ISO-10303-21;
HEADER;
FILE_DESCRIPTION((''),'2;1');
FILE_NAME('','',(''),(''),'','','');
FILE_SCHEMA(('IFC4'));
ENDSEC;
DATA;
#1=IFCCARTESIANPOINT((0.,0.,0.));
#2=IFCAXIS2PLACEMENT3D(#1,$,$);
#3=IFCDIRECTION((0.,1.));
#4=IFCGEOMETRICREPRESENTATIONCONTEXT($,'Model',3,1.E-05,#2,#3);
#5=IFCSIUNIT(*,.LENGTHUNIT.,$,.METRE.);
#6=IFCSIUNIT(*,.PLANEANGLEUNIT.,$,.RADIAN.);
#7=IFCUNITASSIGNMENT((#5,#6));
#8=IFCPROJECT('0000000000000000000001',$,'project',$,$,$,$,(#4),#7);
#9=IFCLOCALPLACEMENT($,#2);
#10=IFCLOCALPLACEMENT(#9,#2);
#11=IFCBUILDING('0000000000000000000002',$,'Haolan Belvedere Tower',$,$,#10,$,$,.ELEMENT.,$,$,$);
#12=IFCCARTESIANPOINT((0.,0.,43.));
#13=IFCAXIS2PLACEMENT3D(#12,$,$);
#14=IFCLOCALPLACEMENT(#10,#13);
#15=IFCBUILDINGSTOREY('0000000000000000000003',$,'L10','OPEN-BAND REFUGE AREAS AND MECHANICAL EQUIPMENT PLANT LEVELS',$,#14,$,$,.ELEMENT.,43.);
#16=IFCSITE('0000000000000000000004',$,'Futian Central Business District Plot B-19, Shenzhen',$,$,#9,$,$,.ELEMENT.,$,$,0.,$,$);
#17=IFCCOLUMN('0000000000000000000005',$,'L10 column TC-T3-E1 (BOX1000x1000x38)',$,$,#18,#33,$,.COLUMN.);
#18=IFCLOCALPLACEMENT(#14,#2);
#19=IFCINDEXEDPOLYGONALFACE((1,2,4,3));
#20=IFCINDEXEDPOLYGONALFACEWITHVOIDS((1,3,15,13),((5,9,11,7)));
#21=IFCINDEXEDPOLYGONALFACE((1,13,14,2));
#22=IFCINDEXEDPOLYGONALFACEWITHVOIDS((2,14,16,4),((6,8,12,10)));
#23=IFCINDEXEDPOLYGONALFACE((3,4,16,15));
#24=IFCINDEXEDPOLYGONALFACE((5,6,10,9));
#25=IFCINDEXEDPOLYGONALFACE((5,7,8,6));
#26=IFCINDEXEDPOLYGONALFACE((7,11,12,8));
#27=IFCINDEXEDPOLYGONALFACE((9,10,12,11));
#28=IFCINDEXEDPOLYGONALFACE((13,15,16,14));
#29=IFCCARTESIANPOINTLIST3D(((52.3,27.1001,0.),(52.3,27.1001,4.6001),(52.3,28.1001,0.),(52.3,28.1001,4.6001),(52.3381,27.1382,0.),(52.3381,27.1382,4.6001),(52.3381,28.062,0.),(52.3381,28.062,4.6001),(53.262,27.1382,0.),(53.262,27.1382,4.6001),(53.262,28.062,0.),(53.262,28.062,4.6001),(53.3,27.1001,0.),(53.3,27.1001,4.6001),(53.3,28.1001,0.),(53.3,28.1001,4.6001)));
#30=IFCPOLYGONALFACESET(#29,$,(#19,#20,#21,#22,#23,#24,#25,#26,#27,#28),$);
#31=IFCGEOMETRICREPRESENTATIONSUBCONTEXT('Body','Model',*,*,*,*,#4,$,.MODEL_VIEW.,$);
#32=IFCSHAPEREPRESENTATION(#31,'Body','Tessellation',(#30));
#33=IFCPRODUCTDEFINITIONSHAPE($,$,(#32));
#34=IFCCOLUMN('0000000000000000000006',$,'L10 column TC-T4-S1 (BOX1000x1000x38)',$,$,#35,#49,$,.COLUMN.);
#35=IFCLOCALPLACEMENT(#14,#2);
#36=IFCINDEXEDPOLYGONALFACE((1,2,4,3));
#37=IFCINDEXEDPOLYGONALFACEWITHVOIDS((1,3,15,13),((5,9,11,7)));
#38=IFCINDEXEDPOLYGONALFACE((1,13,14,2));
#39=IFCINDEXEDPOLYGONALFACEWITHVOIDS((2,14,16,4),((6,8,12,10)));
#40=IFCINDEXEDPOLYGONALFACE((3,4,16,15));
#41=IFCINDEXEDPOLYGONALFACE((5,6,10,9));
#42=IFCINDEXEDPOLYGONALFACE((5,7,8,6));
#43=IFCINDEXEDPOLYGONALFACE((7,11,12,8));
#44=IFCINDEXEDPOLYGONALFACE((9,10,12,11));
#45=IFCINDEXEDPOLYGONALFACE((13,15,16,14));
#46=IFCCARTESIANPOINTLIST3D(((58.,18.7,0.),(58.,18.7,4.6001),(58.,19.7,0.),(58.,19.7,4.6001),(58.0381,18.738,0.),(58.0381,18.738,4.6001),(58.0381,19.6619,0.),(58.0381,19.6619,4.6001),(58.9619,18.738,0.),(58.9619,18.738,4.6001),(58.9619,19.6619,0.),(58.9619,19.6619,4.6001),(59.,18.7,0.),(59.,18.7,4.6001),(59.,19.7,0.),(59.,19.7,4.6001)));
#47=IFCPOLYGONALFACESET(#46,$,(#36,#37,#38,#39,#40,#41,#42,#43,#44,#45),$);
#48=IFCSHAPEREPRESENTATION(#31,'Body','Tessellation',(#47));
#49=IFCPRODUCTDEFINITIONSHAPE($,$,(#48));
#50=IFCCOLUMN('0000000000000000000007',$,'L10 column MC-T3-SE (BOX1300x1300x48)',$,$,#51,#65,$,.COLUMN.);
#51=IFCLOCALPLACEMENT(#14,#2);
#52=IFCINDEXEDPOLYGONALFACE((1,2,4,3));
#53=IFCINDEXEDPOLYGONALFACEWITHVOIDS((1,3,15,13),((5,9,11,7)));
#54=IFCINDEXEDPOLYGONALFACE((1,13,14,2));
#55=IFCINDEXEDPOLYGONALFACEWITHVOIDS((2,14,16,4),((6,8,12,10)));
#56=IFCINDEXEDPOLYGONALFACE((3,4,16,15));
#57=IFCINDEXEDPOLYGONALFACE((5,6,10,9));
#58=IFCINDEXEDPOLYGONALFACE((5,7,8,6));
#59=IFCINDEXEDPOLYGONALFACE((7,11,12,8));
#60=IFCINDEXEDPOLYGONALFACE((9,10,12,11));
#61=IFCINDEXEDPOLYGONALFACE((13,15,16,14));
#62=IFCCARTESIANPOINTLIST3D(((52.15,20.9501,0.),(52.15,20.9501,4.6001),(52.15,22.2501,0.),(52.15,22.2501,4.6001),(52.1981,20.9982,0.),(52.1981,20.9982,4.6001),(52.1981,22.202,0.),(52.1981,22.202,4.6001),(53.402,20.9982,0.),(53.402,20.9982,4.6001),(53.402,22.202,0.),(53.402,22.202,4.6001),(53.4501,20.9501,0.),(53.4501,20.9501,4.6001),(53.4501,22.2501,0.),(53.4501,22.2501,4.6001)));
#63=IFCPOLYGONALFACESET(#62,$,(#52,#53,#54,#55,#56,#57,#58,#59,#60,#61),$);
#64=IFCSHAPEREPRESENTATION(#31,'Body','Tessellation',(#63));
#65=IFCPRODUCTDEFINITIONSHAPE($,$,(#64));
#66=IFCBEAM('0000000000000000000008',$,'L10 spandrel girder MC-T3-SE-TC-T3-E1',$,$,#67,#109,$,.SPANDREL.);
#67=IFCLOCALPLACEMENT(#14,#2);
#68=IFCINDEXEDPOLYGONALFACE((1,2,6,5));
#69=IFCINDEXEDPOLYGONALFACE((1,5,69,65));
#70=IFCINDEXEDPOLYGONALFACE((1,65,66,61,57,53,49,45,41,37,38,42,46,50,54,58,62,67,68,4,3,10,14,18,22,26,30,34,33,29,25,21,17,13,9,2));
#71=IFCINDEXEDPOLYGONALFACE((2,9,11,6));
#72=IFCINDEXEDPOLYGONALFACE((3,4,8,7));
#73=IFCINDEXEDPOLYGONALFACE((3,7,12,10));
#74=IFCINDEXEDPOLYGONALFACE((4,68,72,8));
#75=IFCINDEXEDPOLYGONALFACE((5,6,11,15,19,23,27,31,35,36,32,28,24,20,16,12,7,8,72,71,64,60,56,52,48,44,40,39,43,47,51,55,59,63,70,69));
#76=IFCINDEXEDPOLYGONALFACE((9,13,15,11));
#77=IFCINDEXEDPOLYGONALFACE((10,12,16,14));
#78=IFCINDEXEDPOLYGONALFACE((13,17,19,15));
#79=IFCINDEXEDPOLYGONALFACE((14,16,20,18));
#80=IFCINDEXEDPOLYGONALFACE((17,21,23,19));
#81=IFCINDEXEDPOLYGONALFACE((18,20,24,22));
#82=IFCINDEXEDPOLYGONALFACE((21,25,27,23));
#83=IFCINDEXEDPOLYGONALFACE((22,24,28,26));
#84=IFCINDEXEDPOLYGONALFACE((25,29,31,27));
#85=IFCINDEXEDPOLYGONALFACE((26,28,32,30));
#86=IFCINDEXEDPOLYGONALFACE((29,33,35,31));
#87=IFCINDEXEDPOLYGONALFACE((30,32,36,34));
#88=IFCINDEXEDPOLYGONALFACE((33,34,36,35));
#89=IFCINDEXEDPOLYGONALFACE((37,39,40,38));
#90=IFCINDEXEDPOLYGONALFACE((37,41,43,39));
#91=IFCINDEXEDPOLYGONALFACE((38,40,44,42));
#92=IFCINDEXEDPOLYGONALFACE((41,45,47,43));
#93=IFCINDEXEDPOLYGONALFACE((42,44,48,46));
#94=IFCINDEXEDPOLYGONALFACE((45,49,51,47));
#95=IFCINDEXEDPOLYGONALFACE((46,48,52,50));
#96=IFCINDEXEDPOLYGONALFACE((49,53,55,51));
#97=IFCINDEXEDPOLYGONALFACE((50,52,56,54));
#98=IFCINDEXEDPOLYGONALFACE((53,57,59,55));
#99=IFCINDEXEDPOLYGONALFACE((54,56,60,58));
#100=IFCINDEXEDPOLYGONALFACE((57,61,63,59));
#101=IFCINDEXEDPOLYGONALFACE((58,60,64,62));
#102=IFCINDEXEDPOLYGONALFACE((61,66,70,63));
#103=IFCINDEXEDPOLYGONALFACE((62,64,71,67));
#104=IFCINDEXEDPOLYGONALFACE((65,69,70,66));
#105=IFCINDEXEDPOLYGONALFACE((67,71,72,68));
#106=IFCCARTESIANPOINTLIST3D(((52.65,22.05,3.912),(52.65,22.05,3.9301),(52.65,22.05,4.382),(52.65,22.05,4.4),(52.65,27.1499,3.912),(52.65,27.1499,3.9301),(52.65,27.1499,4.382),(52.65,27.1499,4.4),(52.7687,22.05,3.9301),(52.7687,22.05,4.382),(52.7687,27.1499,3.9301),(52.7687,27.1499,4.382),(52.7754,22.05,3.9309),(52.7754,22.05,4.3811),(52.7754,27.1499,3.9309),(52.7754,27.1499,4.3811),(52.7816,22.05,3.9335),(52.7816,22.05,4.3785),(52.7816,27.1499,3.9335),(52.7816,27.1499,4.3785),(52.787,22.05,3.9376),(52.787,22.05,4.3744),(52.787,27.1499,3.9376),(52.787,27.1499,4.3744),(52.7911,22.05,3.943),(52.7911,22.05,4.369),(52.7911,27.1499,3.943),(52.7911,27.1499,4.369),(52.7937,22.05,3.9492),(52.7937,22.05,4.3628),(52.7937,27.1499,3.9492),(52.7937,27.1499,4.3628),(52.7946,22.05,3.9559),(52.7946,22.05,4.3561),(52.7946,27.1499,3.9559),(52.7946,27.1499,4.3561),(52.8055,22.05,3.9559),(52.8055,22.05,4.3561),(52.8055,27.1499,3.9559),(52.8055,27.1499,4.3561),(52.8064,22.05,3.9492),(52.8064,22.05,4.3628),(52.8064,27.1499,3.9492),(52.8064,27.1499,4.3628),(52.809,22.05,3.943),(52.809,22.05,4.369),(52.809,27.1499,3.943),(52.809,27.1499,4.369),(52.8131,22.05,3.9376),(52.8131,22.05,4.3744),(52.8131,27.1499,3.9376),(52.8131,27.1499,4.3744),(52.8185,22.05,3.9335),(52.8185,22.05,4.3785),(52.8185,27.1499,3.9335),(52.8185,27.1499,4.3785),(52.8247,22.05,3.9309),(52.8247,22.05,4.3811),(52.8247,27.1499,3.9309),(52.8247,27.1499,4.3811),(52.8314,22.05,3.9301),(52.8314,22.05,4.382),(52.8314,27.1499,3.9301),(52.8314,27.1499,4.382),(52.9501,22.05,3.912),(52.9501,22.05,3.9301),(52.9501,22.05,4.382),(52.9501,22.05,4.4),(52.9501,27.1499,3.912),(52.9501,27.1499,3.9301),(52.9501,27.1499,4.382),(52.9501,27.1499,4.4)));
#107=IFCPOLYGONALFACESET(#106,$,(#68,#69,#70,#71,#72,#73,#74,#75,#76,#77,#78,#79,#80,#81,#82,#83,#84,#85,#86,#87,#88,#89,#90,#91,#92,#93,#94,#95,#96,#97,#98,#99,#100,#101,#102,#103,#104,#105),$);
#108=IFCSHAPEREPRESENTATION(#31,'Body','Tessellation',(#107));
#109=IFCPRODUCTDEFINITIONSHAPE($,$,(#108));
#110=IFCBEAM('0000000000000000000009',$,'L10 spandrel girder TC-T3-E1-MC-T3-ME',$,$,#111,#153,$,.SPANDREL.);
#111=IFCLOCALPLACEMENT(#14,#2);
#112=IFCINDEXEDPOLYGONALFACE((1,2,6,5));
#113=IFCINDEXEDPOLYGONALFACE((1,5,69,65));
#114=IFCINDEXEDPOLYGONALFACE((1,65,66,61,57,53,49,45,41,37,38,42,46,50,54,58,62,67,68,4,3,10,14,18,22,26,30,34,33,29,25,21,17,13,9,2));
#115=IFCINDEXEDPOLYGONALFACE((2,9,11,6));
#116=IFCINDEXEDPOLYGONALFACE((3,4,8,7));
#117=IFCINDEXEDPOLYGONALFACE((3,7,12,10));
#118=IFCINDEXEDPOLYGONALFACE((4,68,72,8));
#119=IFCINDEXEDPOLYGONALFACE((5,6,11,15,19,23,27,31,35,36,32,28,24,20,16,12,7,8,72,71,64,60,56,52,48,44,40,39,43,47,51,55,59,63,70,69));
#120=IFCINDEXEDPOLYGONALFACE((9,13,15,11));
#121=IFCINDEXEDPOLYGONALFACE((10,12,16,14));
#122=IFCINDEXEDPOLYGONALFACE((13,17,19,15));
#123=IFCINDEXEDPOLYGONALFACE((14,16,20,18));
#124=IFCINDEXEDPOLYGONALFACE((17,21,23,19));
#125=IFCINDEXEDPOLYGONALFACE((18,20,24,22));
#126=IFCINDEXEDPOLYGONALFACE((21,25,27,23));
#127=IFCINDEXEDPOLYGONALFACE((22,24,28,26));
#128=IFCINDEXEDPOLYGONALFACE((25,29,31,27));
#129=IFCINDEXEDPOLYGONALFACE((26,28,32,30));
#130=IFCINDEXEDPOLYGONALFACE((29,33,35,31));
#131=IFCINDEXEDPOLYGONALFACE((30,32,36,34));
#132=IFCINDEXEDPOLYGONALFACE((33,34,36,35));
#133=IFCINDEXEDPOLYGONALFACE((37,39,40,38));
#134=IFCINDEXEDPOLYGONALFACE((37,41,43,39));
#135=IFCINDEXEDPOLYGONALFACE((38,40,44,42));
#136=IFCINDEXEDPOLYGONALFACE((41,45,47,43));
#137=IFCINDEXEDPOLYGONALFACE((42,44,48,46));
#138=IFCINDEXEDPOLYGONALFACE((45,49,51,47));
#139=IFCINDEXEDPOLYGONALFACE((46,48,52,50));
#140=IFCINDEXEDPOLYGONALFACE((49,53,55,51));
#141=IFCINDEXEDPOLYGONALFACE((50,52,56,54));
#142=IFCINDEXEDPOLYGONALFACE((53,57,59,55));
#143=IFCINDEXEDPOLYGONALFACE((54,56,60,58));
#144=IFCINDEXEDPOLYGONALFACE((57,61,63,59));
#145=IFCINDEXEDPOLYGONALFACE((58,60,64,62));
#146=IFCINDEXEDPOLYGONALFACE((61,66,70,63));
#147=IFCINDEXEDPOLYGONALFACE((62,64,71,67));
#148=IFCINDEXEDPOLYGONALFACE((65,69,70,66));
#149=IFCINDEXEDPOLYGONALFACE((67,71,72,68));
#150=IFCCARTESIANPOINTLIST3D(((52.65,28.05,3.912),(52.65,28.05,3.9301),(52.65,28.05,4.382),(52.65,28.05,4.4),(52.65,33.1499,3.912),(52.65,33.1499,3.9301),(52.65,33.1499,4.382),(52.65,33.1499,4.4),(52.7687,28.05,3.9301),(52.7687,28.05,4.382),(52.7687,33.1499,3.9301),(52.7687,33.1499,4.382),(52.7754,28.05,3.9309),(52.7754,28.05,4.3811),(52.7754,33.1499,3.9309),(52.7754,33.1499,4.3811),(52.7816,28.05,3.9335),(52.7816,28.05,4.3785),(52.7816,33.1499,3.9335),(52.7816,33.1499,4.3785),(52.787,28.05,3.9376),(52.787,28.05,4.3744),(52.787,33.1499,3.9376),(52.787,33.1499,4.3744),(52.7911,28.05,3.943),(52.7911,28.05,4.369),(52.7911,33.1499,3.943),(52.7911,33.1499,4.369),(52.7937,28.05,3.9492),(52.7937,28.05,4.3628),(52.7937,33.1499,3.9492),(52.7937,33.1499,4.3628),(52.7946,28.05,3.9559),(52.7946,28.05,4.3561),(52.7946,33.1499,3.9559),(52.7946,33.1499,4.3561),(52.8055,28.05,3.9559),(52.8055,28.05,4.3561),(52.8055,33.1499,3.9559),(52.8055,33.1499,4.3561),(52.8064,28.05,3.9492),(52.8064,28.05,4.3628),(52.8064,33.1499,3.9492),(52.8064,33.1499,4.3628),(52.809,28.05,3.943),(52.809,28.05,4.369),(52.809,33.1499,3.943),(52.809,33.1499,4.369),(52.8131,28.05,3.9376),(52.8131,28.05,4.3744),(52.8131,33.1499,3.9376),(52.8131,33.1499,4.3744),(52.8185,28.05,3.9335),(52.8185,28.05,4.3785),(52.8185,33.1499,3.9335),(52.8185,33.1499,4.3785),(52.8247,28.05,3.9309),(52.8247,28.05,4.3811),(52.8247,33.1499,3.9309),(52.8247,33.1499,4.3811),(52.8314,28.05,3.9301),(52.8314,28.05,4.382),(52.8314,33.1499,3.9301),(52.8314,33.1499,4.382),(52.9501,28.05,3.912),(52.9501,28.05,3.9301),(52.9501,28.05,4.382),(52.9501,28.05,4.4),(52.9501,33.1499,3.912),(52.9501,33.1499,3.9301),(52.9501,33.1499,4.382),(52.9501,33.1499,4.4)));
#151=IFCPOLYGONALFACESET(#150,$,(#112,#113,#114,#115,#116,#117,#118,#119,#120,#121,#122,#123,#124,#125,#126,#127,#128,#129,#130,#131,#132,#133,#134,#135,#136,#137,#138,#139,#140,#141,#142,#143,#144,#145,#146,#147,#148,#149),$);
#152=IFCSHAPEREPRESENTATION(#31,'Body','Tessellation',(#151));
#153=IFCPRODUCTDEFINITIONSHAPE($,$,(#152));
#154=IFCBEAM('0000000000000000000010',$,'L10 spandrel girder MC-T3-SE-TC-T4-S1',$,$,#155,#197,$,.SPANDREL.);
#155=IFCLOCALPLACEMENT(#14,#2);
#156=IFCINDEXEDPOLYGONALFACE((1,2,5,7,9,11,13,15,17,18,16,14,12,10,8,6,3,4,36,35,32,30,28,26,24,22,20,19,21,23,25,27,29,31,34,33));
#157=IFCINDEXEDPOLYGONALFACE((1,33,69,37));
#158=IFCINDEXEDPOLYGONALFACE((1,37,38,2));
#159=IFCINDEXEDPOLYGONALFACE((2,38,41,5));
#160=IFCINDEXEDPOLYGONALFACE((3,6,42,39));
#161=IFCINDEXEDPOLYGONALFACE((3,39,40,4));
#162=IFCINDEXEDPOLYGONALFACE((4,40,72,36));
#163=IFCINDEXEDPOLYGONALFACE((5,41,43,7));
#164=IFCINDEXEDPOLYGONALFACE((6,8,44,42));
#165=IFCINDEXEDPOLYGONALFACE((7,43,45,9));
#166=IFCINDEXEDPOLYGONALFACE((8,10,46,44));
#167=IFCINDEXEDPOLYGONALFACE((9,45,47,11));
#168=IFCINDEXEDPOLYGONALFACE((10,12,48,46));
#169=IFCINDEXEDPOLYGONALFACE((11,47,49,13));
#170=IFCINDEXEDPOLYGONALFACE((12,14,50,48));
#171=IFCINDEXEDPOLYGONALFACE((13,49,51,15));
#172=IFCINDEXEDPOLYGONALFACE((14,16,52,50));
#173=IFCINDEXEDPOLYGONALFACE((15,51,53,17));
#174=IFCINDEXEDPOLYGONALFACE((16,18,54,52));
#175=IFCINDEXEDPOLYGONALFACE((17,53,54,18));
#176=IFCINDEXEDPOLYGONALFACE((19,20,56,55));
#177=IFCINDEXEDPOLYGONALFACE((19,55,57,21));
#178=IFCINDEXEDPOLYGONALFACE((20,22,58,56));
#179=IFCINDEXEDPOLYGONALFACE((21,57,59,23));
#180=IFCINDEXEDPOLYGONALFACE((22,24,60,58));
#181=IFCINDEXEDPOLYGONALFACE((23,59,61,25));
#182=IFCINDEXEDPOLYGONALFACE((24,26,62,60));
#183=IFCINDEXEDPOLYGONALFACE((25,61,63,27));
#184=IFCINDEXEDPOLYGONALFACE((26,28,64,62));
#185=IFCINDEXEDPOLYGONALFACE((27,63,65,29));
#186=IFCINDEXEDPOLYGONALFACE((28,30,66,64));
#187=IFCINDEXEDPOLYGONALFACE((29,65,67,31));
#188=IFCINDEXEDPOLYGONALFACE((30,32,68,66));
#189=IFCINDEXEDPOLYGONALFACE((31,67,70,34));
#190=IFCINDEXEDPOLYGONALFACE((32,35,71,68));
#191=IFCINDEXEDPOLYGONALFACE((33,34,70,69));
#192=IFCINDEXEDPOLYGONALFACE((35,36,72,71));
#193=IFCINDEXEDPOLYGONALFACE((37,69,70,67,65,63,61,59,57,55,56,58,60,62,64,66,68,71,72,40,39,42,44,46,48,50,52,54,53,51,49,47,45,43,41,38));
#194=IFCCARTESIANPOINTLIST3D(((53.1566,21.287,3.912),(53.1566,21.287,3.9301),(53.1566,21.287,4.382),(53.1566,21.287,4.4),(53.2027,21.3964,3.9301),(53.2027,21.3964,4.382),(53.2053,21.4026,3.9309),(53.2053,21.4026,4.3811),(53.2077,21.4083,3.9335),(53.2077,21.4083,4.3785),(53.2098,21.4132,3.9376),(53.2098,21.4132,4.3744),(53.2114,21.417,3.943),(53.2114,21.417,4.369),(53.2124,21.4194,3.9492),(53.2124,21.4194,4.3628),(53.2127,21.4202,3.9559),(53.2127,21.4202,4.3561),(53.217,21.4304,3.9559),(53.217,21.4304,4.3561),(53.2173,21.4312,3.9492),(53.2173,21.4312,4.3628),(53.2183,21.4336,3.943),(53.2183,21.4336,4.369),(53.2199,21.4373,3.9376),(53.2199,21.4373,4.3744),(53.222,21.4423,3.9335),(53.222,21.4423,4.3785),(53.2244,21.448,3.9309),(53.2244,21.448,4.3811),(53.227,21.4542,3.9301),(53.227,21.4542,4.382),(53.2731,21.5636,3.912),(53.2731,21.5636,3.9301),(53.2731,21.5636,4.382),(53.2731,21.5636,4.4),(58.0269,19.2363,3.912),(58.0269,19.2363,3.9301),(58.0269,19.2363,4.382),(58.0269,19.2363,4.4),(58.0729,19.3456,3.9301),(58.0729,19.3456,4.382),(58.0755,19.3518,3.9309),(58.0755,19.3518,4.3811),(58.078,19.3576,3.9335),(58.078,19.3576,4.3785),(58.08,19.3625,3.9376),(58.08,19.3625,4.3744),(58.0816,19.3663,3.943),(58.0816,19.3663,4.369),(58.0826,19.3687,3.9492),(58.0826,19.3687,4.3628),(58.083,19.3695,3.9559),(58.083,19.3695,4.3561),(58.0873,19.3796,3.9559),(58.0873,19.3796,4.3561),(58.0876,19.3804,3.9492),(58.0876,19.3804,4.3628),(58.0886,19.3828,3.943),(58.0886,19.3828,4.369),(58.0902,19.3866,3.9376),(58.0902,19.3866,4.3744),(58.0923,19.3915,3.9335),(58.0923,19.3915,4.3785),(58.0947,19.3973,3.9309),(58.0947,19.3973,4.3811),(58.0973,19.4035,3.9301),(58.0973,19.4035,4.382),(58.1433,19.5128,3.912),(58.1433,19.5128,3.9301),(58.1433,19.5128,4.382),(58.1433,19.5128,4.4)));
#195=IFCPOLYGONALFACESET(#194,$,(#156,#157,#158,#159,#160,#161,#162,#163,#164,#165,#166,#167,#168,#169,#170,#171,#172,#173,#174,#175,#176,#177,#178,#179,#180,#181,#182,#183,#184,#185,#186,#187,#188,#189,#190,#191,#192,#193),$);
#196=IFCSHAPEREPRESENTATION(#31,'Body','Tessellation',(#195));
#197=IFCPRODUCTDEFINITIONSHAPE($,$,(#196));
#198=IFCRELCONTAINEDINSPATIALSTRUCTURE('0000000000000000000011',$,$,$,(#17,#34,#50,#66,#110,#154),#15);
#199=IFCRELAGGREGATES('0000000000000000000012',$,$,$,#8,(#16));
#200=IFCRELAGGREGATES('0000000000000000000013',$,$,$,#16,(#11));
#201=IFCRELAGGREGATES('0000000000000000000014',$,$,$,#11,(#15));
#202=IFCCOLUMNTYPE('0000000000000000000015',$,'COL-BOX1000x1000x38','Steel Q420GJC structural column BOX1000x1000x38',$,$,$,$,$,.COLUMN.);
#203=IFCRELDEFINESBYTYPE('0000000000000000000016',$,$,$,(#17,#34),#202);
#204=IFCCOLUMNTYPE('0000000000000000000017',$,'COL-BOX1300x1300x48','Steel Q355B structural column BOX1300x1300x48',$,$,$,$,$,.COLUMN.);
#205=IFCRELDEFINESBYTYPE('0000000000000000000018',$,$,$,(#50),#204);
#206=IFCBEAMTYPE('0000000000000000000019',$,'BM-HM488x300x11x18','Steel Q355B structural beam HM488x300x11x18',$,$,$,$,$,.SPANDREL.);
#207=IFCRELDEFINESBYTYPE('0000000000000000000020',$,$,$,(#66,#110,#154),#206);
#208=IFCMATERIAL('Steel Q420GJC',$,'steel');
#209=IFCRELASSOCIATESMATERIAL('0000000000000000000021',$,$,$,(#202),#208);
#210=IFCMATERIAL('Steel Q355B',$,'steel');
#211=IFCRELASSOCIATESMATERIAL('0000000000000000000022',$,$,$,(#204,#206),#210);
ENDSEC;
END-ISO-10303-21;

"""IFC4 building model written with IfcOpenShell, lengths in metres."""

from ifc_helpers import new_model, si_unit, direction, frame, origin, origin_2d, place, context, subcontext, project, spatial, hollow_rectangle, i_section, extrude, material, material_profile, profile_set, type_object, element, save


model = new_model("IFC4")

# Units and contexts
model_context = context("Model", 3, precision=1e-05, world=origin(), true_north=direction((0.0, 1.0)))
body_context = subcontext(model_context, "Body", "Model", "MODEL_VIEW")
ifc_project = project(units=[si_unit("LENGTHUNIT", "METRE"), si_unit("PLANEANGLEUNIT", "RADIAN")], contexts=[model_context])

# Site, building, storey
site_placement = place(None, origin())
site = spatial("IfcSite", under=ifc_project, at=site_placement, Name="Futian Central Business District Plot B-19, Shenzhen", CompositionType="ELEMENT", RefElevation=0.0)
building_placement = place(site_placement, origin())
building = spatial("IfcBuilding", under=site, at=building_placement, Name="Haolan Belvedere Tower", CompositionType="ELEMENT")
storey_placement = place(building_placement, frame((0.0, 0.0, 43.0)))
storey = spatial("IfcBuildingStorey", under=building, at=storey_placement, Name="L10", Description="OPEN-BAND REFUGE AREAS AND MECHANICAL EQUIPMENT PLANT LEVELS", CompositionType="ELEMENT", Elevation=43.0)

# Columns
ifc_material_1 = material(Name="Steel Q420GJC", Category="steel")
ifc_material_profile_1 = material_profile(ifc_material_1, hollow_rectangle(XDim=1.0, YDim=1.0, WallThickness=0.0381, at=origin_2d()), Name="Steel Q420GJC")
ifc_profile_set_1 = profile_set([ifc_material_profile_1], Name="Steel Q420GJC")
column_type_1 = type_object("IfcColumnType", Name="COL-BOX1000x1000x38", Description="Steel Q420GJC structural column BOX1000x1000x38", PredefinedType="COLUMN", material=ifc_profile_set_1)
for number, where, z_axis, x_axis, name in (
    (1, (52.8, 27.6001, 0.0), (0.0, 0.0, 1.0), (1.0, 0.0, 0.0), "L10 column TC-T3-E1 (BOX1000x1000x38)"),
    (2, (58.5, 19.2, 0.0), (0.0, 0.0, 1.0), (1.0, 0.0, 0.0), "L10 column TC-T4-S1 (BOX1000x1000x38)"),
):
    element("IfcColumn", number, at=place(storey_placement, frame(where, z_axis=z_axis, x_axis=x_axis)), inside=storey, type_object=column_type_1, Name=name, PredefinedType="COLUMN", context=body_context, shape_type="SweptSolid", body=[
        extrude(hollow_rectangle(XDim=1.0, YDim=1.0, WallThickness=0.0381, at=origin_2d()), origin(), (0.0, 0.0, 1.0), 4.6001),
    ])
ifc_material_2 = material(Name="Steel Q355B", Category="steel")
ifc_material_profile_2 = material_profile(ifc_material_2, hollow_rectangle(XDim=1.3, YDim=1.3, WallThickness=0.0481, at=origin_2d()), Name="Steel Q355B")
ifc_profile_set_2 = profile_set([ifc_material_profile_2], Name="Steel Q355B")
column_type_2 = type_object("IfcColumnType", Name="COL-BOX1300x1300x48", Description="Steel Q355B structural column BOX1300x1300x48", PredefinedType="COLUMN", material=ifc_profile_set_2)
column_placement = place(storey_placement, frame((52.8, 21.6001, 0.0), z_axis=(0.0, 0.0, 1.0), x_axis=(1.0, 0.0, 0.0)))
element("IfcColumn", 3, at=column_placement, inside=storey, type_object=column_type_2, Name="L10 column MC-T3-SE (BOX1300x1300x48)", PredefinedType="COLUMN", context=body_context, shape_type="SweptSolid", body=[
    extrude(hollow_rectangle(XDim=1.3, YDim=1.3, WallThickness=0.0481, at=origin_2d()), origin(), (0.0, 0.0, 1.0), 4.6001),
])

# Beams
ifc_material_profile_3 = material_profile(ifc_material_2, i_section(OverallWidth=0.3, OverallDepth=0.488, WebThickness=0.011, FlangeThickness=0.0181, FilletRadius=0.0259, at=origin_2d()), Name="Steel Q355B")
ifc_profile_set_3 = profile_set([ifc_material_profile_3], Name="Steel Q355B")
beam_type_1 = type_object("IfcBeamType", Name="BM-HM488x300x11x18", Description="Steel Q355B structural beam HM488x300x11x18", PredefinedType="SPANDREL", material=ifc_profile_set_3)
for number, where, z_axis, x_axis, name in (
    (4, (52.8, 22.05, 4.156), (0.0, 1.0, 0.0), (-1.0, 0.0, 0.0), "L10 spandrel girder MC-T3-SE-TC-T3-E1"),
    (5, (52.8, 28.05, 4.156), (0.0, 1.0, 0.0), (-1.0, 0.0, 0.0), "L10 spandrel girder TC-T3-E1-MC-T3-ME"),
):
    element("IfcBeam", number, at=place(storey_placement, frame(where, z_axis=z_axis, x_axis=x_axis)), inside=storey, type_object=beam_type_1, Name=name, PredefinedType="SPANDREL", context=body_context, shape_type="SweptSolid", body=[
        extrude(i_section(OverallWidth=0.3, OverallDepth=0.488, WebThickness=0.011, FlangeThickness=0.0181, FilletRadius=0.0259, at=origin_2d()), origin(), (0.0, 0.0, 1.0), 5.0999),
    ])
for number, where, z_axis, x_axis, name in (
    (6, (53.2148, 21.4253, 4.156), (0.921628, -0.388074, 0.0), (0.388074, 0.921628, 0.0), "L10 spandrel girder MC-T3-SE-TC-T4-S1"),
):
    element("IfcBeam", number, at=place(storey_placement, frame(where, z_axis=z_axis, x_axis=x_axis)), inside=storey, type_object=beam_type_1, Name=name, PredefinedType="SPANDREL", context=body_context, shape_type="SweptSolid", body=[
        extrude(i_section(OverallWidth=0.3, OverallDepth=0.488, WebThickness=0.011, FlangeThickness=0.0181, FilletRadius=0.0259, at=origin_2d()), origin(), (0.0, 0.0, 1.0), 5.2844),
    ])

save(model, "model.ifc")
